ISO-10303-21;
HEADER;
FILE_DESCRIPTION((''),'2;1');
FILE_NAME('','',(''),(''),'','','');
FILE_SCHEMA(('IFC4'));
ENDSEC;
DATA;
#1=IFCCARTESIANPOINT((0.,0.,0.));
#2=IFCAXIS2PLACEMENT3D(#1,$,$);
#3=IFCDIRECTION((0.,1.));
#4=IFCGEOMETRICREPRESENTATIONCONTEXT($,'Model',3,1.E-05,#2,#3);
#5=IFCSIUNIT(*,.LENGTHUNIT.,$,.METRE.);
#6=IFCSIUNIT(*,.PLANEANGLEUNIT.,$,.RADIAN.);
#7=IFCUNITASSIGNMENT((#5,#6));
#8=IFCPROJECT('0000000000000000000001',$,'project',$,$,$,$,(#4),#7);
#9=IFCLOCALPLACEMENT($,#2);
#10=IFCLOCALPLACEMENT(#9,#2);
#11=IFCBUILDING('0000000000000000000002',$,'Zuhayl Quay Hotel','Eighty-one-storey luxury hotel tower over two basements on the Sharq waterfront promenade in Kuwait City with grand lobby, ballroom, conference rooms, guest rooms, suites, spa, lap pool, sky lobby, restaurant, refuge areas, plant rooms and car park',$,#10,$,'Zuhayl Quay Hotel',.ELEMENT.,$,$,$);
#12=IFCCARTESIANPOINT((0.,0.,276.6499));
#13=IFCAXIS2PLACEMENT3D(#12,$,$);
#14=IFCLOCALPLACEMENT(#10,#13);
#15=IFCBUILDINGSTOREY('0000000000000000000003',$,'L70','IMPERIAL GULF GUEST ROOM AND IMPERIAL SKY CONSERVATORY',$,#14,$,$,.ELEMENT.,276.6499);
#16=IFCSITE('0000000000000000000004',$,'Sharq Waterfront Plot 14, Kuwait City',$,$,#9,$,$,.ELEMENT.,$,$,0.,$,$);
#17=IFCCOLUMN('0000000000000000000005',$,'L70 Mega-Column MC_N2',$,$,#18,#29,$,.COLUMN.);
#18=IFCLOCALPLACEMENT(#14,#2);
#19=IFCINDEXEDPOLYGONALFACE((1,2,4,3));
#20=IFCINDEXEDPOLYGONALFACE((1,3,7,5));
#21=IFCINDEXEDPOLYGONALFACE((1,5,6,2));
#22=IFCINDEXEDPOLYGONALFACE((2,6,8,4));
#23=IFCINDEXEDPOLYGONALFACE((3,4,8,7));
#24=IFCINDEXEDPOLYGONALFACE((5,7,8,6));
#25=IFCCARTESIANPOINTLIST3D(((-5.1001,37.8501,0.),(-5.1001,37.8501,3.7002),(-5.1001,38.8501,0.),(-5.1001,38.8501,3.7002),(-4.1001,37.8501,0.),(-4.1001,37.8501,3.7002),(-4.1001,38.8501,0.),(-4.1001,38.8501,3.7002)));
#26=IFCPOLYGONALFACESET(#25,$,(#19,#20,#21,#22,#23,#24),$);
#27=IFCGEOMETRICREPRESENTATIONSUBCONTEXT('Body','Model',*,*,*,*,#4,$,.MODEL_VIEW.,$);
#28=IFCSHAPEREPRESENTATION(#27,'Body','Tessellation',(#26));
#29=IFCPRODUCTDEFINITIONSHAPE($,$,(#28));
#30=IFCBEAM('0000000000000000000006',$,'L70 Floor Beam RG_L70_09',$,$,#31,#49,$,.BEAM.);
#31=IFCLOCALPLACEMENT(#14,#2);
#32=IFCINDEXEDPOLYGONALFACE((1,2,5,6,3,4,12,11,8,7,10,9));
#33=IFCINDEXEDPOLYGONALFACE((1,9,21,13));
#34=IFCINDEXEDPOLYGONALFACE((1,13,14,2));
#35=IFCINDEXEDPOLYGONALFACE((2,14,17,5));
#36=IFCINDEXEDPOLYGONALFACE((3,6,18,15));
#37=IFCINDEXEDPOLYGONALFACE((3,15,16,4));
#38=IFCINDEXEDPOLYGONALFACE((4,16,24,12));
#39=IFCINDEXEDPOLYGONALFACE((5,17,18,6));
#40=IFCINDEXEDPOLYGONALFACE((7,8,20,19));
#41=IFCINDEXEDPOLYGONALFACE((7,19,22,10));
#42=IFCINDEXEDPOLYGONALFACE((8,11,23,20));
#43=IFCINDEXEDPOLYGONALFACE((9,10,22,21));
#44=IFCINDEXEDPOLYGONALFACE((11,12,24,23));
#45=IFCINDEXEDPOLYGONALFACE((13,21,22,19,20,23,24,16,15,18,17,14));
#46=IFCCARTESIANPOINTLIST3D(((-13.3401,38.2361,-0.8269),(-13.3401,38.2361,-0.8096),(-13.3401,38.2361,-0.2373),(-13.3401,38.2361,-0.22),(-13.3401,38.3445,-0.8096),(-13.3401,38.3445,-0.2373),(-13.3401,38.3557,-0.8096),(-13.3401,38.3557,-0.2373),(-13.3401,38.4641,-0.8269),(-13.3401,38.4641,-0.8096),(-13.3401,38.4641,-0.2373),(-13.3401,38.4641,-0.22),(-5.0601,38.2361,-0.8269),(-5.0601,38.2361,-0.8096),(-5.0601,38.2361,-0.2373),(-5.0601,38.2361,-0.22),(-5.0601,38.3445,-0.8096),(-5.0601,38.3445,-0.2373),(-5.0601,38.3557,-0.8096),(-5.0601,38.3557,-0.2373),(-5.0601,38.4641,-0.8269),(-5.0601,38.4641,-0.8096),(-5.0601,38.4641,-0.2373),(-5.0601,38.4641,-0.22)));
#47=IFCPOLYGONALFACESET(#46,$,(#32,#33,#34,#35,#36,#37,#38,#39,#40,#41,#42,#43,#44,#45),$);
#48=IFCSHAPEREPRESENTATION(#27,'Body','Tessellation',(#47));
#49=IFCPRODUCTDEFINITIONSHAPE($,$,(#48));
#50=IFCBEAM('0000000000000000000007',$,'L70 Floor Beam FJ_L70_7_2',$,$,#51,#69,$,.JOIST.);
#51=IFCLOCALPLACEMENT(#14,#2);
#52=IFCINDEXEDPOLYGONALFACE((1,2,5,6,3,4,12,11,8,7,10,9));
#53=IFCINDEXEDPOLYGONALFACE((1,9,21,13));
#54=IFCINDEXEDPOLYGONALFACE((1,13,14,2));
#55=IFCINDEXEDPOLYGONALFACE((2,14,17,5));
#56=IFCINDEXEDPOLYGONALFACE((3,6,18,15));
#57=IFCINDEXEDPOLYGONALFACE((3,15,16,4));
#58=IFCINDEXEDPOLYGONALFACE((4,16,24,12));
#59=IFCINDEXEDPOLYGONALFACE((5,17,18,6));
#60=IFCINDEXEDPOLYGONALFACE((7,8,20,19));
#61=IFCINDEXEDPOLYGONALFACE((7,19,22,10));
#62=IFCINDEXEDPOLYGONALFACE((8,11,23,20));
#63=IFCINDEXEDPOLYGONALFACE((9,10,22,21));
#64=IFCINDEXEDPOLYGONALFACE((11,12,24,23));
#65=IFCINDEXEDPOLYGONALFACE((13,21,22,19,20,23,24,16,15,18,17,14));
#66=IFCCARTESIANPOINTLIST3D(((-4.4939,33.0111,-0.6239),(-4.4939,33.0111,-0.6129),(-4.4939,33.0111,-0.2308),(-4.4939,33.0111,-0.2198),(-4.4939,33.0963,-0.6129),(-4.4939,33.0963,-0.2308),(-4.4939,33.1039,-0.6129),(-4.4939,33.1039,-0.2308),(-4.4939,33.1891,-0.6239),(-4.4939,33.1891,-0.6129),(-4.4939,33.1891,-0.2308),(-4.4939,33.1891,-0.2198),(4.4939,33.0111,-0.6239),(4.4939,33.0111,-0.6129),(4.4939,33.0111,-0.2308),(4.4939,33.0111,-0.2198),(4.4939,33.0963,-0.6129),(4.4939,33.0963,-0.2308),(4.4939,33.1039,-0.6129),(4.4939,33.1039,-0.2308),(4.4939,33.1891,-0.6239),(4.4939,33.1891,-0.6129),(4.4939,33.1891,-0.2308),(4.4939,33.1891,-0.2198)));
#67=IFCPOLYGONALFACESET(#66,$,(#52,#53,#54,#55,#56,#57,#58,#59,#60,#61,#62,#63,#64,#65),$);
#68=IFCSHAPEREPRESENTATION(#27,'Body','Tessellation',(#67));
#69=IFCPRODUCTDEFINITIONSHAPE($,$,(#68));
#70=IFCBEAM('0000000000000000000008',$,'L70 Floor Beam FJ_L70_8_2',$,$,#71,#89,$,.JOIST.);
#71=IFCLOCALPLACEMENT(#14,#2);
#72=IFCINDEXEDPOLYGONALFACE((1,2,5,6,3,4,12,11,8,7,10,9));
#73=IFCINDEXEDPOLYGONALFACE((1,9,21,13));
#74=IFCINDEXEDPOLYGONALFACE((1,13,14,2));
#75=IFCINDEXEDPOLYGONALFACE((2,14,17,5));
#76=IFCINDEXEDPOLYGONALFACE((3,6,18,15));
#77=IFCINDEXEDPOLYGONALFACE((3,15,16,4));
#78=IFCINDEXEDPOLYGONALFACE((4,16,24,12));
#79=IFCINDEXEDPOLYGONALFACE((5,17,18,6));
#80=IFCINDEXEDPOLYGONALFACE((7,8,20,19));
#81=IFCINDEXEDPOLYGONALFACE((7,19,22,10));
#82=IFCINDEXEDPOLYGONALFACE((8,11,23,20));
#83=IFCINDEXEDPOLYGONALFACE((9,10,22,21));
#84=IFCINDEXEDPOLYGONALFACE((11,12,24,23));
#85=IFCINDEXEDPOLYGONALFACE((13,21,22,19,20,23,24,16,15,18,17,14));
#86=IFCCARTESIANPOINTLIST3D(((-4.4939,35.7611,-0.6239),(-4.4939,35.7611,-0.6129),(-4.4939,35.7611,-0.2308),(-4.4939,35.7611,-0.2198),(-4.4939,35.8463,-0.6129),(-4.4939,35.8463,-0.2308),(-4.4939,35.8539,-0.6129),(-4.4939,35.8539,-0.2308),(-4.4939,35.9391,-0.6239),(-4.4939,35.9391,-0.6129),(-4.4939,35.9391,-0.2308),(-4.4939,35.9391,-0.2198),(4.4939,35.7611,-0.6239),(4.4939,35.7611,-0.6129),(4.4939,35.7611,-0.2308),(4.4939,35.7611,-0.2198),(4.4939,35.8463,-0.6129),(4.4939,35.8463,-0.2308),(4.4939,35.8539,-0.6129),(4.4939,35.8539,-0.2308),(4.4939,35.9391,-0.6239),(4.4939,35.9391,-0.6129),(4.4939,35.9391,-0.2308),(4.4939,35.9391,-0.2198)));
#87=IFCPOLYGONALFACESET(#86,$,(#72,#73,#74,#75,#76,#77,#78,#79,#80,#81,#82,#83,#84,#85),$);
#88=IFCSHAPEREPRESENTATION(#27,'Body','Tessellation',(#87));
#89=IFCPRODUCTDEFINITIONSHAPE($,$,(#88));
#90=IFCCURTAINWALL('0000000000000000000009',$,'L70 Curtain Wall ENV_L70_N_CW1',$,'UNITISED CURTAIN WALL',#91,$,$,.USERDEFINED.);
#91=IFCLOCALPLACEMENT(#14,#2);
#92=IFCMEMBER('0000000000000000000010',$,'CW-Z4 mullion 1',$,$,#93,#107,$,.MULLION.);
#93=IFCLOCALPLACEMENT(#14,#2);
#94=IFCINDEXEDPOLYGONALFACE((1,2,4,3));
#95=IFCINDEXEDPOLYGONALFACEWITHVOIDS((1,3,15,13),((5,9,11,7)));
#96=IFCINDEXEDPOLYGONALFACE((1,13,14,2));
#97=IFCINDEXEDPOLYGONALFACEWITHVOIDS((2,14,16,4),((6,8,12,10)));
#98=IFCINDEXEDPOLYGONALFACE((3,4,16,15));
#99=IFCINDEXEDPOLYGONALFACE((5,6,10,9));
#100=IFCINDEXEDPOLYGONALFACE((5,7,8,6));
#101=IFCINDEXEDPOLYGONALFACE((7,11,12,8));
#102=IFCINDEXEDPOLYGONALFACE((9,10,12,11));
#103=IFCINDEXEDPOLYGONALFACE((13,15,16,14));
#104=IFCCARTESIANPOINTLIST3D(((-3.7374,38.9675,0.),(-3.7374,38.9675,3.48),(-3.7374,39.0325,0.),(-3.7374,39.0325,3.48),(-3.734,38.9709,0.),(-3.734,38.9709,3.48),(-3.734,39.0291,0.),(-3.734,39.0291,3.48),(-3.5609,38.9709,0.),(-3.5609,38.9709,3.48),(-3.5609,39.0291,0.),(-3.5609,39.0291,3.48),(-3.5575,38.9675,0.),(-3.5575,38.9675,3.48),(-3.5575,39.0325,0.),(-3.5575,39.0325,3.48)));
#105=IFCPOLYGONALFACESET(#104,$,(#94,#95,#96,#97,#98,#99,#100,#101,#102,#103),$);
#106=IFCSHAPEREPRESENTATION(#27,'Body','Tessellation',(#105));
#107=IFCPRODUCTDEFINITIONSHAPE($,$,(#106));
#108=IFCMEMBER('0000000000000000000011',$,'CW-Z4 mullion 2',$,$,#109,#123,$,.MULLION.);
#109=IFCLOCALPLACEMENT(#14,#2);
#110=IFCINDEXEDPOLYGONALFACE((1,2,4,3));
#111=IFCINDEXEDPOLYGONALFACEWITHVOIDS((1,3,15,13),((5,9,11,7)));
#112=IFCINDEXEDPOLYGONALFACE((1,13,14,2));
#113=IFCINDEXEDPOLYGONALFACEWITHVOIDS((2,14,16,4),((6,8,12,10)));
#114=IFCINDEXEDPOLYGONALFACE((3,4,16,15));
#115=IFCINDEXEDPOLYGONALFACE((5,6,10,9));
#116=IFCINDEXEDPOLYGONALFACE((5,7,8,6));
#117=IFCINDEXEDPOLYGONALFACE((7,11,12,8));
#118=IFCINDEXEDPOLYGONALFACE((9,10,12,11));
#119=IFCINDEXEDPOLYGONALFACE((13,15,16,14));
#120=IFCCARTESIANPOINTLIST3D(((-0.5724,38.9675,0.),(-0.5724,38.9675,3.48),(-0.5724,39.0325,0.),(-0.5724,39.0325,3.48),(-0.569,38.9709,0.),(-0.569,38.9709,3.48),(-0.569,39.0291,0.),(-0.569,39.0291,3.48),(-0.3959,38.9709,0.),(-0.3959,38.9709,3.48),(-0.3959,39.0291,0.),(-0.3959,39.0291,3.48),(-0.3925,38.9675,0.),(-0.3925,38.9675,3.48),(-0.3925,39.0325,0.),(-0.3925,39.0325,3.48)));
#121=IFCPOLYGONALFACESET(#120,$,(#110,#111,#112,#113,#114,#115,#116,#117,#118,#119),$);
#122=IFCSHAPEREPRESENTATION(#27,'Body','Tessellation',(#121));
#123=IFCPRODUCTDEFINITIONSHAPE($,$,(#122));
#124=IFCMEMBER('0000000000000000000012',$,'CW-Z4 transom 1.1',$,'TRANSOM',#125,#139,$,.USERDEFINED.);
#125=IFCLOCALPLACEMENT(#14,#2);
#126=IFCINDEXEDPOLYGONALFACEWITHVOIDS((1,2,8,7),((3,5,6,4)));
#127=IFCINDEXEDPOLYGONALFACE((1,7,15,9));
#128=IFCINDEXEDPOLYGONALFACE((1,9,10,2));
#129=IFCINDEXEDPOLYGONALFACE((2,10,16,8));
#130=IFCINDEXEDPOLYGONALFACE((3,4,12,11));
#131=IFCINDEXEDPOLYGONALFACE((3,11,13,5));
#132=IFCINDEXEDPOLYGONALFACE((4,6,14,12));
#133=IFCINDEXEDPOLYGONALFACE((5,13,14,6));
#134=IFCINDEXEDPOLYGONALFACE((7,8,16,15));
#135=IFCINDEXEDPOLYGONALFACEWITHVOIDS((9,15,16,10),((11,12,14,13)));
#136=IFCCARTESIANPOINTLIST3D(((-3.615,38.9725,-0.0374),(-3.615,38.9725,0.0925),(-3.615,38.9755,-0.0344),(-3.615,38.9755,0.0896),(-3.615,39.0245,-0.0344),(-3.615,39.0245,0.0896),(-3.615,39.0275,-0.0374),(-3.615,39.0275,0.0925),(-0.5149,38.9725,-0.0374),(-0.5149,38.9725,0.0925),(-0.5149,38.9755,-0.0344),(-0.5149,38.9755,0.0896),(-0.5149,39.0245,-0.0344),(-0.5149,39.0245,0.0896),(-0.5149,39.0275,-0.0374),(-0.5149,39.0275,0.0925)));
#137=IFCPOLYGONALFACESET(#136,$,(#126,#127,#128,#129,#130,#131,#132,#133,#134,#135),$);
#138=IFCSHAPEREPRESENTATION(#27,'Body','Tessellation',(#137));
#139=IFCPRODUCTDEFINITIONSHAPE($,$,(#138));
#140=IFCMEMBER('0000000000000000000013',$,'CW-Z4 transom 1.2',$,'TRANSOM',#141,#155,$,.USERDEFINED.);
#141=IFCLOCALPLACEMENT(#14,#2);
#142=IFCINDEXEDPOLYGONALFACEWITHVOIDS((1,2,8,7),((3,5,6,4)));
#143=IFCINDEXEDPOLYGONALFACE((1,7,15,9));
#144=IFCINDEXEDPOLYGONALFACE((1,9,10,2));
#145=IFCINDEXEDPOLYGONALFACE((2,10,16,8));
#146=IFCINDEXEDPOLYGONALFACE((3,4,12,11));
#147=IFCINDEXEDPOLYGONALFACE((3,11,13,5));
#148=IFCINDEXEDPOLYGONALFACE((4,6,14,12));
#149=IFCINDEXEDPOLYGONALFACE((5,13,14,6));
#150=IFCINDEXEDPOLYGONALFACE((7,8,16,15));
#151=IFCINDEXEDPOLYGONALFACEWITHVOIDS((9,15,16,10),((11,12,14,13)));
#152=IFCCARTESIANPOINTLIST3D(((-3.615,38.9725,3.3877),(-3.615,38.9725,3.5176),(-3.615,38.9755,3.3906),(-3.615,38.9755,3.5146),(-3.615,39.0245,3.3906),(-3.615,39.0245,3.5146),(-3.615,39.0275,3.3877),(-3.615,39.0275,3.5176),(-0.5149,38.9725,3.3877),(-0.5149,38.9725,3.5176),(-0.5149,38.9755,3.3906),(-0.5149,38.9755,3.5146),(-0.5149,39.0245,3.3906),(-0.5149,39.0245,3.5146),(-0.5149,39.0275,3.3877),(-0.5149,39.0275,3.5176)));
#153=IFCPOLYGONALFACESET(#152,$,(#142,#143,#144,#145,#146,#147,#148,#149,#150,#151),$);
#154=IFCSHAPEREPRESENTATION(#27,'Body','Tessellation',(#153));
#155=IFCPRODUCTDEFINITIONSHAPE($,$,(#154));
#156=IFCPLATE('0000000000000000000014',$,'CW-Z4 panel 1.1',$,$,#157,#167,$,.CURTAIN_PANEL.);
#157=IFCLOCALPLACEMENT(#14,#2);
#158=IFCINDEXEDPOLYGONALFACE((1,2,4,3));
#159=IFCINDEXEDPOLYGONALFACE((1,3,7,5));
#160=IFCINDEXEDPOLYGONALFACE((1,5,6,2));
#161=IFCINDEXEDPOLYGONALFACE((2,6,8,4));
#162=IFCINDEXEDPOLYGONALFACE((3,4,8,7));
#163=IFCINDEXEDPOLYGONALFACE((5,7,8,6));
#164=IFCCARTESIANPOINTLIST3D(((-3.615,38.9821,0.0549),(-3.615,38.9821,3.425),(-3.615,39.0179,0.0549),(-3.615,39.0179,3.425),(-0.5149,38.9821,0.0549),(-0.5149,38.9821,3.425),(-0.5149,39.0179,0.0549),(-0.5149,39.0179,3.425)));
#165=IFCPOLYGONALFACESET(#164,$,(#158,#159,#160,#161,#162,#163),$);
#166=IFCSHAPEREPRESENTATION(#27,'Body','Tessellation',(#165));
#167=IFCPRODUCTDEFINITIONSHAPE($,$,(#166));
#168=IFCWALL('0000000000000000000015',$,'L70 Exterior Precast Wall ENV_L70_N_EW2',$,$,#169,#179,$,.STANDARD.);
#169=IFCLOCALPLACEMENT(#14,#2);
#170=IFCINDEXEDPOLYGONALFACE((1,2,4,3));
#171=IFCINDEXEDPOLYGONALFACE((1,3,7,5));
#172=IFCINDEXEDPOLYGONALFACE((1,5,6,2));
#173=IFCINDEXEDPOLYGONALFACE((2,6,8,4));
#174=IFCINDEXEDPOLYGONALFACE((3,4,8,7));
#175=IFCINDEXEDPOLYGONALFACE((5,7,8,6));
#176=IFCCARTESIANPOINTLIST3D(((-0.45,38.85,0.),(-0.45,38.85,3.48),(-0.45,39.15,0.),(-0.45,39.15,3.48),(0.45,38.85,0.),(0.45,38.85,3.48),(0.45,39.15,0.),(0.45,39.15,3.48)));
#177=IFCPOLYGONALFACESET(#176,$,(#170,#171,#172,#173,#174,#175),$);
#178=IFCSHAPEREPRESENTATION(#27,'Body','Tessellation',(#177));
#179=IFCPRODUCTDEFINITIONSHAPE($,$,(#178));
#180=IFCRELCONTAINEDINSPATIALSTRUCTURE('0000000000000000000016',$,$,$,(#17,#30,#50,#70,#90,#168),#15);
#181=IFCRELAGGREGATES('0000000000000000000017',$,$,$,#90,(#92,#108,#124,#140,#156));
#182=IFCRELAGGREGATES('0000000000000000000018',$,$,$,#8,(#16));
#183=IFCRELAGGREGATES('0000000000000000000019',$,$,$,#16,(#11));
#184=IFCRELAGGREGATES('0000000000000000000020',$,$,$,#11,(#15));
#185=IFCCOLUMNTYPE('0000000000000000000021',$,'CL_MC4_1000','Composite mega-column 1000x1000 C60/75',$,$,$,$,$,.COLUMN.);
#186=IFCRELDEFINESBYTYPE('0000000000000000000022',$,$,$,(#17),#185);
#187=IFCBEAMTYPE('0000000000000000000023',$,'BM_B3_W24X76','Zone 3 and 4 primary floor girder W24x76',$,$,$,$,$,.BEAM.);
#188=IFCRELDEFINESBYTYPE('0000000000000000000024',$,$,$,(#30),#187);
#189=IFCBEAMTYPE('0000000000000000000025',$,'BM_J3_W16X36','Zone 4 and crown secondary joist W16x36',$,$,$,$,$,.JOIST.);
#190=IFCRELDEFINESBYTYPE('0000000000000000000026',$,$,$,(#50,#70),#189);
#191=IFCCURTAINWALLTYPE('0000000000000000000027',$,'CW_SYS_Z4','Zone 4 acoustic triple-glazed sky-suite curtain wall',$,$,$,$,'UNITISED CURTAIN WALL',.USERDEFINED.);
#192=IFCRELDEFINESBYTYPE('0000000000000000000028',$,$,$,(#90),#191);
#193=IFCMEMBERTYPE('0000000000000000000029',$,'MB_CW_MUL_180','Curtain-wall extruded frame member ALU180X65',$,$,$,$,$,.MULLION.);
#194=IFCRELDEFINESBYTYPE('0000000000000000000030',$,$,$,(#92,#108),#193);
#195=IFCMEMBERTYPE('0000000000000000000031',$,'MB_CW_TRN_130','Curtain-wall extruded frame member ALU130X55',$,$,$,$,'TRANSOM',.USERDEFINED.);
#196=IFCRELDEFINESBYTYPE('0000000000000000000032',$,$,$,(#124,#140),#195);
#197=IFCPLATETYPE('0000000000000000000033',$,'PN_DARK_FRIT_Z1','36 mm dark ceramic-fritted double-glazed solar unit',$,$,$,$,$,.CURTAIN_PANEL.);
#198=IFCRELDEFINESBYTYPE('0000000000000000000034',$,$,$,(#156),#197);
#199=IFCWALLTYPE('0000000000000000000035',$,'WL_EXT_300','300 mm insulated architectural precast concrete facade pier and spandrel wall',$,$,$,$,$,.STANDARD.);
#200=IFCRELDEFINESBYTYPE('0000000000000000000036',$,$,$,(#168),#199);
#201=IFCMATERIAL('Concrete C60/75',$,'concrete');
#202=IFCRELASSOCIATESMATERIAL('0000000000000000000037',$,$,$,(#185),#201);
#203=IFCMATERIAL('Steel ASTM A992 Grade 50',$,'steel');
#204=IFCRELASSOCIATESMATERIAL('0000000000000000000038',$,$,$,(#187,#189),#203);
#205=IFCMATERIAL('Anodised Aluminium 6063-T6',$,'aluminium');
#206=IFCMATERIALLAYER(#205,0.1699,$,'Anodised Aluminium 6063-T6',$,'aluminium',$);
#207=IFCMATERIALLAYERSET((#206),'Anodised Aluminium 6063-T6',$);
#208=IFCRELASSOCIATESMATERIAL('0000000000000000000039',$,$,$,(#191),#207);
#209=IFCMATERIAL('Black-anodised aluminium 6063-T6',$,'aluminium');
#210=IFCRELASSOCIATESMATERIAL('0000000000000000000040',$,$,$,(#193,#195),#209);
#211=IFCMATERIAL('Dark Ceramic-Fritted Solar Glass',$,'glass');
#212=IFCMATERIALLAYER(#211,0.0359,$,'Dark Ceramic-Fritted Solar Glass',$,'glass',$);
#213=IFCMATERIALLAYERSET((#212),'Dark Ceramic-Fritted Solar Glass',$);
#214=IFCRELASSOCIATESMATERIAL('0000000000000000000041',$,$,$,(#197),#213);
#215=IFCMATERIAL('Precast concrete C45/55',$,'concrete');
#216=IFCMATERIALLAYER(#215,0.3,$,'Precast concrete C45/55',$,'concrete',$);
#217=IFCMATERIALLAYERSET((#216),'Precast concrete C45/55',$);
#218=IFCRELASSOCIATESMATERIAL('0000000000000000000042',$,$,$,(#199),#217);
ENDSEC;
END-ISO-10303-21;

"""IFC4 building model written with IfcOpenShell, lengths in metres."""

from ifc_helpers import new_model, si_unit, direction, frame, frame_2d, origin, origin_2d, place, context, subcontext, project, spatial, rectangle, hollow_rectangle, i_section, extrude, material, layer, layer_set, material_profile, profile_set, type_object, element, aggregate, save


model = new_model("IFC4")

# Units and contexts
model_context = context("Model", 3, precision=1e-05, world=origin(), true_north=direction((0.0, 1.0)))
body_context = subcontext(model_context, "Body", "Model", "MODEL_VIEW")
ifc_project = project(units=[si_unit("LENGTHUNIT", "METRE"), si_unit("PLANEANGLEUNIT", "RADIAN")], contexts=[model_context])

# Site, building, storey
site_placement = place(None, origin())
site = spatial("IfcSite", under=ifc_project, at=site_placement, Name="Sharq Waterfront Plot 14, Kuwait City", CompositionType="ELEMENT", RefElevation=0.0)
building_placement = place(site_placement, origin())
building = spatial("IfcBuilding", under=site, at=building_placement, Name="Zuhayl Quay Hotel", Description="Eighty-one-storey luxury hotel tower over two basements on the Sharq waterfront promenade in Kuwait City with grand lobby, ballroom, conference rooms, guest rooms, suites, spa, lap pool, sky lobby, restaurant, refuge areas, plant rooms and car park", LongName="Zuhayl Quay Hotel", CompositionType="ELEMENT")
storey_placement = place(building_placement, frame((0.0, 0.0, 276.6499)))
storey = spatial("IfcBuildingStorey", under=building, at=storey_placement, Name="L70", Description="IMPERIAL GULF GUEST ROOM AND IMPERIAL SKY CONSERVATORY", CompositionType="ELEMENT", Elevation=276.6499)

# Column
ifc_material_1 = material(Name="Concrete C60/75", Category="concrete")
ifc_material_profile_1 = material_profile(ifc_material_1, rectangle(XDim=1.0, YDim=1.0, at=origin_2d()), Name="RC1000X1000")
ifc_profile_set_1 = profile_set([ifc_material_profile_1], Name="Concrete C60/75")
column_type = type_object("IfcColumnType", Name="CL_MC4_1000", Description="Composite mega-column 1000x1000 C60/75", PredefinedType="COLUMN", material=ifc_profile_set_1)
column_placement = place(storey_placement, frame((-4.6001, 38.3501, 0.0), z_axis=(0.0, 0.0, 1.0), x_axis=(1.0, 0.0, 0.0)))
element("IfcColumn", 1, at=column_placement, inside=storey, type_object=column_type, Name="L70 Mega-Column MC_N2", PredefinedType="COLUMN", context=body_context, shape_type="SweptSolid", body=[
    extrude(rectangle(XDim=1.0, YDim=1.0, at=origin_2d()), origin(), (0.0, 0.0, 1.0), 3.7002),
])

# Beams
ifc_material_2 = material(Name="Steel ASTM A992 Grade 50", Category="steel")
ifc_material_profile_2 = material_profile(ifc_material_2, i_section(OverallWidth=0.228, OverallDepth=0.6069, WebThickness=0.0112, FlangeThickness=0.0173, at=origin_2d()), Name="W24X76")
ifc_profile_set_2 = profile_set([ifc_material_profile_2], Name="Steel ASTM A992 Grade 50")
beam_type_1 = type_object("IfcBeamType", Name="BM_B3_W24X76", Description="Zone 3 and 4 primary floor girder W24x76", PredefinedType="BEAM", material=ifc_profile_set_2)
beam_placement = place(storey_placement, frame((-5.0601, 38.3501, -0.5234), z_axis=(-1.0, 0.0, 0.0), x_axis=(0.0, -1.0, 0.0)))
element("IfcBeam", 2, at=beam_placement, inside=storey, type_object=beam_type_1, Name="L70 Floor Beam RG_L70_09", PredefinedType="BEAM", context=body_context, shape_type="SweptSolid", body=[
    extrude(i_section(OverallWidth=0.228, OverallDepth=0.6069, WebThickness=0.0112, FlangeThickness=0.0173, at=origin_2d()), origin(), (0.0, 0.0, 1.0), 8.28),
])
ifc_material_profile_3 = material_profile(ifc_material_2, i_section(OverallWidth=0.178, OverallDepth=0.4041, WebThickness=0.0076, FlangeThickness=0.011, at=origin_2d()), Name="W16X36")
ifc_profile_set_3 = profile_set([ifc_material_profile_3], Name="Steel ASTM A992 Grade 50")
beam_type_2 = type_object("IfcBeamType", Name="BM_J3_W16X36", Description="Zone 4 and crown secondary joist W16x36", PredefinedType="JOIST", material=ifc_profile_set_3)
for number, where, z_axis, x_axis, name in (
    (3, (-4.4939, 33.1001, -0.4219), (1.0, 0.0, 0.0), (0.0, 1.0, 0.0), "L70 Floor Beam FJ_L70_7_2"),
    (4, (-4.4939, 35.8501, -0.4219), (1.0, 0.0, 0.0), (0.0, 1.0, 0.0), "L70 Floor Beam FJ_L70_8_2"),
):
    element("IfcBeam", number, at=place(storey_placement, frame(where, z_axis=z_axis, x_axis=x_axis)), inside=storey, type_object=beam_type_2, Name=name, PredefinedType="JOIST", context=body_context, shape_type="SweptSolid", body=[
        extrude(i_section(OverallWidth=0.178, OverallDepth=0.4041, WebThickness=0.0076, FlangeThickness=0.011, at=origin_2d()), origin(), (0.0, 0.0, 1.0), 8.9878),
    ])

# Curtain wall, members, plate
ifc_material_3 = material(Name="Anodised Aluminium 6063-T6", Category="aluminium")
ifc_layer_1 = layer(ifc_material_3, 0.1699, Name="Anodised Aluminium 6063-T6", Category="aluminium")
ifc_layer_set_1 = layer_set([ifc_layer_1], Name="Anodised Aluminium 6063-T6")
curtain_wall_type = type_object("IfcCurtainWallType", Name="CW_SYS_Z4", Description="Zone 4 acoustic triple-glazed sky-suite curtain wall", ElementType="UNITISED CURTAIN WALL", PredefinedType="USERDEFINED", material=ifc_layer_set_1)
curtain_wall_placement = place(storey_placement, origin())
curtain_wall = element("IfcCurtainWall", 5, at=curtain_wall_placement, inside=storey, type_object=curtain_wall_type, Name="L70 Curtain Wall ENV_L70_N_CW1", ObjectType="UNITISED CURTAIN WALL", PredefinedType="USERDEFINED")
ifc_material_4 = material(Name="Black-anodised aluminium 6063-T6", Category="aluminium")
ifc_material_profile_4 = material_profile(ifc_material_4, hollow_rectangle(XDim=0.0649, YDim=0.1799, WallThickness=0.0034, at=origin_2d()), Name="ALU180X65")
ifc_profile_set_4 = profile_set([ifc_material_profile_4], Name="Black-anodised aluminium 6063-T6")
member_type_1 = type_object("IfcMemberType", Name="MB_CW_MUL_180", Description="Curtain-wall extruded frame member ALU180X65", PredefinedType="MULLION", material=ifc_profile_set_4)
member_1_placement = place(storey_placement, frame((-3.6475, 39.0, 0.0), z_axis=(0.0, 0.0, 1.0), x_axis=(0.0, 1.0, 0.0)))
member_1 = element("IfcMember", 6, at=member_1_placement, type_object=member_type_1, Name="CW-Z4 mullion 1", PredefinedType="MULLION", context=body_context, shape_type="SweptSolid", body=[
    extrude(hollow_rectangle(XDim=0.0649, YDim=0.1799, WallThickness=0.0034, at=origin_2d()), origin(), (0.0, 0.0, 1.0), 3.48),
])
member_2_placement = place(storey_placement, frame((-0.4824, 39.0, 0.0), z_axis=(0.0, 0.0, 1.0), x_axis=(0.0, 1.0, 0.0)))
member_2 = element("IfcMember", 7, at=member_2_placement, type_object=member_type_1, Name="CW-Z4 mullion 2", PredefinedType="MULLION", context=body_context, shape_type="SweptSolid", body=[
    extrude(hollow_rectangle(XDim=0.0649, YDim=0.1799, WallThickness=0.0034, at=origin_2d()), origin(), (0.0, 0.0, 1.0), 3.48),
])
ifc_material_profile_5 = material_profile(ifc_material_4, hollow_rectangle(XDim=0.0549, YDim=0.1299, WallThickness=0.0029, at=origin_2d()), Name="ALU130X55")
ifc_profile_set_5 = profile_set([ifc_material_profile_5], Name="Black-anodised aluminium 6063-T6")
member_type_2 = type_object("IfcMemberType", Name="MB_CW_TRN_130", Description="Curtain-wall extruded frame member ALU130X55", ElementType="TRANSOM", PredefinedType="USERDEFINED", material=ifc_profile_set_5)
member_3_placement = place(storey_placement, frame((-3.615, 39.0, 0.0276), z_axis=(1.0, 0.0, 0.0), x_axis=(0.0, 1.0, 0.0)))
member_3 = element("IfcMember", 8, at=member_3_placement, type_object=member_type_2, Name="CW-Z4 transom 1.1", ObjectType="TRANSOM", PredefinedType="USERDEFINED", context=body_context, shape_type="SweptSolid", body=[
    extrude(hollow_rectangle(XDim=0.0549, YDim=0.1299, WallThickness=0.0029, at=origin_2d()), origin(), (0.0, 0.0, 1.0), 3.1001),
])
member_4_placement = place(storey_placement, frame((-3.615, 39.0, 3.4526), z_axis=(1.0, 0.0, 0.0), x_axis=(0.0, 1.0, 0.0)))
member_4 = element("IfcMember", 9, at=member_4_placement, type_object=member_type_2, Name="CW-Z4 transom 1.2", ObjectType="TRANSOM", PredefinedType="USERDEFINED", context=body_context, shape_type="SweptSolid", body=[
    extrude(hollow_rectangle(XDim=0.0549, YDim=0.1299, WallThickness=0.0029, at=origin_2d()), origin(), (0.0, 0.0, 1.0), 3.1001),
])
ifc_material_5 = material(Name="Dark Ceramic-Fritted Solar Glass", Category="glass")
ifc_layer_2 = layer(ifc_material_5, 0.0359, Name="Dark Ceramic-Fritted Solar Glass", Category="glass")
ifc_layer_set_2 = layer_set([ifc_layer_2], Name="Dark Ceramic-Fritted Solar Glass")
plate_type = type_object("IfcPlateType", Name="PN_DARK_FRIT_Z1", Description="36 mm dark ceramic-fritted double-glazed solar unit", PredefinedType="CURTAIN_PANEL", material=ifc_layer_set_2)
plate_placement = place(storey_placement, frame((-2.0649, 39.0, 0.0549), z_axis=(0.0, 0.0, 1.0), x_axis=(1.0, 0.0, 0.0)))
plate = element("IfcPlate", 10, at=plate_placement, type_object=plate_type, Name="CW-Z4 panel 1.1", PredefinedType="CURTAIN_PANEL", context=body_context, shape_type="SweptSolid", body=[
    extrude(rectangle(XDim=3.1001, YDim=0.0359, at=origin_2d()), origin(), (0.0, 0.0, 1.0), 3.3701),
])
aggregate(curtain_wall, [member_1, member_2, member_3, member_4, plate])

# Wall
ifc_material_6 = material(Name="Precast concrete C45/55", Category="concrete")
ifc_layer_3 = layer(ifc_material_6, 0.3, Name="Precast concrete C45/55", Category="concrete")
ifc_layer_set_3 = layer_set([ifc_layer_3], Name="Precast concrete C45/55")
wall_type_1 = type_object("IfcWallType", Name="WL_EXT_300", Description="300 mm insulated architectural precast concrete facade pier and spandrel wall", PredefinedType="STANDARD", material=ifc_layer_set_3)
wall_1_placement = place(storey_placement, frame((-0.45, 39.0, 0.0), z_axis=(0.0, 0.0, 1.0), x_axis=(1.0, 0.0, 0.0)))
element("IfcWall", 11, at=wall_1_placement, inside=storey, type_object=wall_type_1, Name="L70 Exterior Precast Wall ENV_L70_N_EW2", PredefinedType="STANDARD", context=body_context, shape_type="SweptSolid", body=[
    extrude(rectangle(XDim=0.8999, YDim=0.3, at=frame_2d((0.45, 0.0))), origin(), (0.0, 0.0, 1.0), 3.48),
])

save(model, "model.ifc")
